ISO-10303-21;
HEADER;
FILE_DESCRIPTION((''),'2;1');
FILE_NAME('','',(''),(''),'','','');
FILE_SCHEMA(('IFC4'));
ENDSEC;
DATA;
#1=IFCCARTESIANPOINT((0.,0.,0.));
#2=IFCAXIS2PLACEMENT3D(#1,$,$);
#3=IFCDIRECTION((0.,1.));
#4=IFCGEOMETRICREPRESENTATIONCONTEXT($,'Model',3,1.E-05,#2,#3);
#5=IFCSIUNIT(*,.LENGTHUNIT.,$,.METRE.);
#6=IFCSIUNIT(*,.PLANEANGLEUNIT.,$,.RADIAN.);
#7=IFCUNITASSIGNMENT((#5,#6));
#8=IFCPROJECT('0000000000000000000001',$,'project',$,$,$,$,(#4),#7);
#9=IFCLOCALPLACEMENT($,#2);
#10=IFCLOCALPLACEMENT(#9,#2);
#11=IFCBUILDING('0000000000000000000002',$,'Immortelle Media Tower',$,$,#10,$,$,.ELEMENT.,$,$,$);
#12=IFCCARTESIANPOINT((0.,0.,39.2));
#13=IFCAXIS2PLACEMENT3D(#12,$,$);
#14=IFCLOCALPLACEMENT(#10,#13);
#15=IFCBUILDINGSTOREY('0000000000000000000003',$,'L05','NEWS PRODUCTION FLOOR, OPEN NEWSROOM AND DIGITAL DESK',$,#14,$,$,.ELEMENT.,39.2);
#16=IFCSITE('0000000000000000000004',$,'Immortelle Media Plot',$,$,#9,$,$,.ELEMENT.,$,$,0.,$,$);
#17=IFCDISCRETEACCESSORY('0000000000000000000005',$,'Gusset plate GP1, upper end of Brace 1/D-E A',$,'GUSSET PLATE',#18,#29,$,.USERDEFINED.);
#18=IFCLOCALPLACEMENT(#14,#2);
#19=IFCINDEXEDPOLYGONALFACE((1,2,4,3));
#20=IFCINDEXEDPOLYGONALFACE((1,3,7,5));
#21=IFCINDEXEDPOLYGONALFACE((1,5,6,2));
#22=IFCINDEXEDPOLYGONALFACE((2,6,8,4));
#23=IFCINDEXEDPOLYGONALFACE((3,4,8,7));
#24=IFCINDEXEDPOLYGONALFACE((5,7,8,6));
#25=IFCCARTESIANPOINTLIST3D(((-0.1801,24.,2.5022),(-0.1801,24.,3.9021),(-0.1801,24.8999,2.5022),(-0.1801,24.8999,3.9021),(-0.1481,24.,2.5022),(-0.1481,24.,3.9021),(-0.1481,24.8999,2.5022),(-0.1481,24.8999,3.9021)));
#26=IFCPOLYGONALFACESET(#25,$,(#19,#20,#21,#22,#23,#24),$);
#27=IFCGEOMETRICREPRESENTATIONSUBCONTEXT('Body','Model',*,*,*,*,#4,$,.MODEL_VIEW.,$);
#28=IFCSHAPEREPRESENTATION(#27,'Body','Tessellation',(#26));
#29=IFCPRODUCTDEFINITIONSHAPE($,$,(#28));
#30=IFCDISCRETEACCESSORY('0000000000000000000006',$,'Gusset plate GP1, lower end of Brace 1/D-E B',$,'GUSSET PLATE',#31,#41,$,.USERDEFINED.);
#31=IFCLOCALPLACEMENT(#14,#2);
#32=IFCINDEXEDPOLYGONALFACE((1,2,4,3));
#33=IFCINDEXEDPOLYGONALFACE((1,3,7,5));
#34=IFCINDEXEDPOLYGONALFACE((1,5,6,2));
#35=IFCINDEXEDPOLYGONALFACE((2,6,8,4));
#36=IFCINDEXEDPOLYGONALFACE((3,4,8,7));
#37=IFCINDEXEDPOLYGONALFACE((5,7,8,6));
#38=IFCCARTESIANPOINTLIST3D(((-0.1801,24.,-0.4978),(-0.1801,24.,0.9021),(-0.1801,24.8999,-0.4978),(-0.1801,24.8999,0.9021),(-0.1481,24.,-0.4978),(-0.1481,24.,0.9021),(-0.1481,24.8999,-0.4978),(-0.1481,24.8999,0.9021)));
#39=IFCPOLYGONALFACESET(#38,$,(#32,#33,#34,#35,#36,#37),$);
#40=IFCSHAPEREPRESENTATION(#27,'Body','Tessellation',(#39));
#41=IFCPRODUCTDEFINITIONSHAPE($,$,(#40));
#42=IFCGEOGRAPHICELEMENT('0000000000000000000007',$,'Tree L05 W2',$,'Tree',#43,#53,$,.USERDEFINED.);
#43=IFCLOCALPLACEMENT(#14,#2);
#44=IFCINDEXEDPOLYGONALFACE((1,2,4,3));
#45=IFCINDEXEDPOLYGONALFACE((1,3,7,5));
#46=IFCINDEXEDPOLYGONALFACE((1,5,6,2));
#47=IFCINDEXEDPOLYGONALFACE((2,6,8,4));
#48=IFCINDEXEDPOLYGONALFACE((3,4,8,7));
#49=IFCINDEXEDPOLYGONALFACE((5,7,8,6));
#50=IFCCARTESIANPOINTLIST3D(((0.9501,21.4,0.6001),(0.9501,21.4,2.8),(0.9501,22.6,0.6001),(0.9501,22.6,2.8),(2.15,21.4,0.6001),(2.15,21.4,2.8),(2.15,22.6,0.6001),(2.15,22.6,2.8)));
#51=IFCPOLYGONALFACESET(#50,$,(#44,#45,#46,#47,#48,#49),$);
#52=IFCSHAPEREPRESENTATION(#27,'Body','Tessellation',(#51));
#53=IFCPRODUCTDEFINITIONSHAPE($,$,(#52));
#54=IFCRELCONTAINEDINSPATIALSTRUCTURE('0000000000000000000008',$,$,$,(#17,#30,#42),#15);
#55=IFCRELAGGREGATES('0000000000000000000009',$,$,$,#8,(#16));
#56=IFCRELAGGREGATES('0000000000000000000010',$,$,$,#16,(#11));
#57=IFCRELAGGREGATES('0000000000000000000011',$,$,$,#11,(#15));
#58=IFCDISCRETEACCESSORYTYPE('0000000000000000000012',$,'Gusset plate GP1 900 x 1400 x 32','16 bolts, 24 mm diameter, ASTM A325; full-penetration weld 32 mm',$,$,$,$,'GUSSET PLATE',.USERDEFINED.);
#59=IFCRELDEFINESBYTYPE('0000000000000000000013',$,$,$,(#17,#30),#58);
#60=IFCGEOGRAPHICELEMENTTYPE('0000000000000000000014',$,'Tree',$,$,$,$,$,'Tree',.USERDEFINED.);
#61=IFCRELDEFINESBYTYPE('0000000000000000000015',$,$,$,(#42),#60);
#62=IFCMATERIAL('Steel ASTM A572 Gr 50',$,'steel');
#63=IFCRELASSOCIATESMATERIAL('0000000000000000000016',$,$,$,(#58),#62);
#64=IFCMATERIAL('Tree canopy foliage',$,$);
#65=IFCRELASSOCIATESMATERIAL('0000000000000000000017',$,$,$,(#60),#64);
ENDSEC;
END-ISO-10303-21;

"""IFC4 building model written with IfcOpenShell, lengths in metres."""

from ifc_helpers import new_model, si_unit, direction, frame, origin, origin_2d, place, context, subcontext, project, spatial, rectangle, extrude, material, material_profile, profile_set, type_object, element, save


model = new_model("IFC4")

# Units and contexts
model_context = context("Model", 3, precision=1e-05, world=origin(), true_north=direction((0.0, 1.0)))
body_context = subcontext(model_context, "Body", "Model", "MODEL_VIEW")
ifc_project = project(units=[si_unit("LENGTHUNIT", "METRE"), si_unit("PLANEANGLEUNIT", "RADIAN")], contexts=[model_context])

# Site, building, storey
site_placement = place(None, origin())
site = spatial("IfcSite", under=ifc_project, at=site_placement, Name="Immortelle Media Plot", CompositionType="ELEMENT", RefElevation=0.0)
building_placement = place(site_placement, origin())
building = spatial("IfcBuilding", under=site, at=building_placement, Name="Immortelle Media Tower", CompositionType="ELEMENT")
storey_placement = place(building_placement, frame((0.0, 0.0, 39.2)))
storey = spatial("IfcBuildingStorey", under=building, at=storey_placement, Name="L05", Description="NEWS PRODUCTION FLOOR, OPEN NEWSROOM AND DIGITAL DESK", CompositionType="ELEMENT", Elevation=39.2)

# Discrete accessories
ifc_material_1 = material(Name="Steel ASTM A572 Gr 50", Category="steel")
ifc_material_profile_1 = material_profile(ifc_material_1, rectangle(XDim=0.032, YDim=1.3999, at=origin_2d()), Name="PL 32 x 1400")
ifc_profile_set_1 = profile_set([ifc_material_profile_1], Name="Steel ASTM A572 Gr 50")
discrete_accessory_type = type_object("IfcDiscreteAccessoryType", Name="Gusset plate GP1 900 x 1400 x 32", Description="16 bolts, 24 mm diameter, ASTM A325; full-penetration weld 32 mm", ElementType="GUSSET PLATE", PredefinedType="USERDEFINED", material=ifc_profile_set_1)
for number, where, z_axis, x_axis, name in (
    (1, (-0.1641, 24.0, 3.2021), (0.0, 1.0, 0.0), (-1.0, 0.0, 0.0), "Gusset plate GP1, upper end of Brace 1/D-E A"),
    (2, (-0.1641, 24.0, 0.2021), (0.0, 1.0, 0.0), (-1.0, 0.0, 0.0), "Gusset plate GP1, lower end of Brace 1/D-E B"),
):
    element("IfcDiscreteAccessory", number, at=place(storey_placement, frame(where, z_axis=z_axis, x_axis=x_axis)), inside=storey, type_object=discrete_accessory_type, Name=name, ObjectType="GUSSET PLATE", PredefinedType="USERDEFINED", context=body_context, shape_type="SweptSolid", body=[
        extrude(rectangle(XDim=0.032, YDim=1.3999, at=origin_2d()), origin(), (0.0, 0.0, 1.0), 0.8999),
    ])

# Geographic element
ifc_material_2 = material(Name="Tree canopy foliage")
geographic_element_type = type_object("IfcGeographicElementType", Name="Tree", ElementType="Tree", PredefinedType="USERDEFINED", material=ifc_material_2)
geographic_element_placement = place(storey_placement, frame((1.55, 22.0, 0.6001), z_axis=(0.0, 0.0, 1.0), x_axis=(1.0, 0.0, 0.0)))
element("IfcGeographicElement", 3, at=geographic_element_placement, inside=storey, type_object=geographic_element_type, Name="Tree L05 W2", ObjectType="Tree", PredefinedType="USERDEFINED", context=body_context, shape_type="SweptSolid", body=[
    extrude(rectangle(XDim=1.2, YDim=1.2, at=origin_2d()), origin(), (0.0, 0.0, 1.0), 2.2),
])

save(model, "model.ifc")
